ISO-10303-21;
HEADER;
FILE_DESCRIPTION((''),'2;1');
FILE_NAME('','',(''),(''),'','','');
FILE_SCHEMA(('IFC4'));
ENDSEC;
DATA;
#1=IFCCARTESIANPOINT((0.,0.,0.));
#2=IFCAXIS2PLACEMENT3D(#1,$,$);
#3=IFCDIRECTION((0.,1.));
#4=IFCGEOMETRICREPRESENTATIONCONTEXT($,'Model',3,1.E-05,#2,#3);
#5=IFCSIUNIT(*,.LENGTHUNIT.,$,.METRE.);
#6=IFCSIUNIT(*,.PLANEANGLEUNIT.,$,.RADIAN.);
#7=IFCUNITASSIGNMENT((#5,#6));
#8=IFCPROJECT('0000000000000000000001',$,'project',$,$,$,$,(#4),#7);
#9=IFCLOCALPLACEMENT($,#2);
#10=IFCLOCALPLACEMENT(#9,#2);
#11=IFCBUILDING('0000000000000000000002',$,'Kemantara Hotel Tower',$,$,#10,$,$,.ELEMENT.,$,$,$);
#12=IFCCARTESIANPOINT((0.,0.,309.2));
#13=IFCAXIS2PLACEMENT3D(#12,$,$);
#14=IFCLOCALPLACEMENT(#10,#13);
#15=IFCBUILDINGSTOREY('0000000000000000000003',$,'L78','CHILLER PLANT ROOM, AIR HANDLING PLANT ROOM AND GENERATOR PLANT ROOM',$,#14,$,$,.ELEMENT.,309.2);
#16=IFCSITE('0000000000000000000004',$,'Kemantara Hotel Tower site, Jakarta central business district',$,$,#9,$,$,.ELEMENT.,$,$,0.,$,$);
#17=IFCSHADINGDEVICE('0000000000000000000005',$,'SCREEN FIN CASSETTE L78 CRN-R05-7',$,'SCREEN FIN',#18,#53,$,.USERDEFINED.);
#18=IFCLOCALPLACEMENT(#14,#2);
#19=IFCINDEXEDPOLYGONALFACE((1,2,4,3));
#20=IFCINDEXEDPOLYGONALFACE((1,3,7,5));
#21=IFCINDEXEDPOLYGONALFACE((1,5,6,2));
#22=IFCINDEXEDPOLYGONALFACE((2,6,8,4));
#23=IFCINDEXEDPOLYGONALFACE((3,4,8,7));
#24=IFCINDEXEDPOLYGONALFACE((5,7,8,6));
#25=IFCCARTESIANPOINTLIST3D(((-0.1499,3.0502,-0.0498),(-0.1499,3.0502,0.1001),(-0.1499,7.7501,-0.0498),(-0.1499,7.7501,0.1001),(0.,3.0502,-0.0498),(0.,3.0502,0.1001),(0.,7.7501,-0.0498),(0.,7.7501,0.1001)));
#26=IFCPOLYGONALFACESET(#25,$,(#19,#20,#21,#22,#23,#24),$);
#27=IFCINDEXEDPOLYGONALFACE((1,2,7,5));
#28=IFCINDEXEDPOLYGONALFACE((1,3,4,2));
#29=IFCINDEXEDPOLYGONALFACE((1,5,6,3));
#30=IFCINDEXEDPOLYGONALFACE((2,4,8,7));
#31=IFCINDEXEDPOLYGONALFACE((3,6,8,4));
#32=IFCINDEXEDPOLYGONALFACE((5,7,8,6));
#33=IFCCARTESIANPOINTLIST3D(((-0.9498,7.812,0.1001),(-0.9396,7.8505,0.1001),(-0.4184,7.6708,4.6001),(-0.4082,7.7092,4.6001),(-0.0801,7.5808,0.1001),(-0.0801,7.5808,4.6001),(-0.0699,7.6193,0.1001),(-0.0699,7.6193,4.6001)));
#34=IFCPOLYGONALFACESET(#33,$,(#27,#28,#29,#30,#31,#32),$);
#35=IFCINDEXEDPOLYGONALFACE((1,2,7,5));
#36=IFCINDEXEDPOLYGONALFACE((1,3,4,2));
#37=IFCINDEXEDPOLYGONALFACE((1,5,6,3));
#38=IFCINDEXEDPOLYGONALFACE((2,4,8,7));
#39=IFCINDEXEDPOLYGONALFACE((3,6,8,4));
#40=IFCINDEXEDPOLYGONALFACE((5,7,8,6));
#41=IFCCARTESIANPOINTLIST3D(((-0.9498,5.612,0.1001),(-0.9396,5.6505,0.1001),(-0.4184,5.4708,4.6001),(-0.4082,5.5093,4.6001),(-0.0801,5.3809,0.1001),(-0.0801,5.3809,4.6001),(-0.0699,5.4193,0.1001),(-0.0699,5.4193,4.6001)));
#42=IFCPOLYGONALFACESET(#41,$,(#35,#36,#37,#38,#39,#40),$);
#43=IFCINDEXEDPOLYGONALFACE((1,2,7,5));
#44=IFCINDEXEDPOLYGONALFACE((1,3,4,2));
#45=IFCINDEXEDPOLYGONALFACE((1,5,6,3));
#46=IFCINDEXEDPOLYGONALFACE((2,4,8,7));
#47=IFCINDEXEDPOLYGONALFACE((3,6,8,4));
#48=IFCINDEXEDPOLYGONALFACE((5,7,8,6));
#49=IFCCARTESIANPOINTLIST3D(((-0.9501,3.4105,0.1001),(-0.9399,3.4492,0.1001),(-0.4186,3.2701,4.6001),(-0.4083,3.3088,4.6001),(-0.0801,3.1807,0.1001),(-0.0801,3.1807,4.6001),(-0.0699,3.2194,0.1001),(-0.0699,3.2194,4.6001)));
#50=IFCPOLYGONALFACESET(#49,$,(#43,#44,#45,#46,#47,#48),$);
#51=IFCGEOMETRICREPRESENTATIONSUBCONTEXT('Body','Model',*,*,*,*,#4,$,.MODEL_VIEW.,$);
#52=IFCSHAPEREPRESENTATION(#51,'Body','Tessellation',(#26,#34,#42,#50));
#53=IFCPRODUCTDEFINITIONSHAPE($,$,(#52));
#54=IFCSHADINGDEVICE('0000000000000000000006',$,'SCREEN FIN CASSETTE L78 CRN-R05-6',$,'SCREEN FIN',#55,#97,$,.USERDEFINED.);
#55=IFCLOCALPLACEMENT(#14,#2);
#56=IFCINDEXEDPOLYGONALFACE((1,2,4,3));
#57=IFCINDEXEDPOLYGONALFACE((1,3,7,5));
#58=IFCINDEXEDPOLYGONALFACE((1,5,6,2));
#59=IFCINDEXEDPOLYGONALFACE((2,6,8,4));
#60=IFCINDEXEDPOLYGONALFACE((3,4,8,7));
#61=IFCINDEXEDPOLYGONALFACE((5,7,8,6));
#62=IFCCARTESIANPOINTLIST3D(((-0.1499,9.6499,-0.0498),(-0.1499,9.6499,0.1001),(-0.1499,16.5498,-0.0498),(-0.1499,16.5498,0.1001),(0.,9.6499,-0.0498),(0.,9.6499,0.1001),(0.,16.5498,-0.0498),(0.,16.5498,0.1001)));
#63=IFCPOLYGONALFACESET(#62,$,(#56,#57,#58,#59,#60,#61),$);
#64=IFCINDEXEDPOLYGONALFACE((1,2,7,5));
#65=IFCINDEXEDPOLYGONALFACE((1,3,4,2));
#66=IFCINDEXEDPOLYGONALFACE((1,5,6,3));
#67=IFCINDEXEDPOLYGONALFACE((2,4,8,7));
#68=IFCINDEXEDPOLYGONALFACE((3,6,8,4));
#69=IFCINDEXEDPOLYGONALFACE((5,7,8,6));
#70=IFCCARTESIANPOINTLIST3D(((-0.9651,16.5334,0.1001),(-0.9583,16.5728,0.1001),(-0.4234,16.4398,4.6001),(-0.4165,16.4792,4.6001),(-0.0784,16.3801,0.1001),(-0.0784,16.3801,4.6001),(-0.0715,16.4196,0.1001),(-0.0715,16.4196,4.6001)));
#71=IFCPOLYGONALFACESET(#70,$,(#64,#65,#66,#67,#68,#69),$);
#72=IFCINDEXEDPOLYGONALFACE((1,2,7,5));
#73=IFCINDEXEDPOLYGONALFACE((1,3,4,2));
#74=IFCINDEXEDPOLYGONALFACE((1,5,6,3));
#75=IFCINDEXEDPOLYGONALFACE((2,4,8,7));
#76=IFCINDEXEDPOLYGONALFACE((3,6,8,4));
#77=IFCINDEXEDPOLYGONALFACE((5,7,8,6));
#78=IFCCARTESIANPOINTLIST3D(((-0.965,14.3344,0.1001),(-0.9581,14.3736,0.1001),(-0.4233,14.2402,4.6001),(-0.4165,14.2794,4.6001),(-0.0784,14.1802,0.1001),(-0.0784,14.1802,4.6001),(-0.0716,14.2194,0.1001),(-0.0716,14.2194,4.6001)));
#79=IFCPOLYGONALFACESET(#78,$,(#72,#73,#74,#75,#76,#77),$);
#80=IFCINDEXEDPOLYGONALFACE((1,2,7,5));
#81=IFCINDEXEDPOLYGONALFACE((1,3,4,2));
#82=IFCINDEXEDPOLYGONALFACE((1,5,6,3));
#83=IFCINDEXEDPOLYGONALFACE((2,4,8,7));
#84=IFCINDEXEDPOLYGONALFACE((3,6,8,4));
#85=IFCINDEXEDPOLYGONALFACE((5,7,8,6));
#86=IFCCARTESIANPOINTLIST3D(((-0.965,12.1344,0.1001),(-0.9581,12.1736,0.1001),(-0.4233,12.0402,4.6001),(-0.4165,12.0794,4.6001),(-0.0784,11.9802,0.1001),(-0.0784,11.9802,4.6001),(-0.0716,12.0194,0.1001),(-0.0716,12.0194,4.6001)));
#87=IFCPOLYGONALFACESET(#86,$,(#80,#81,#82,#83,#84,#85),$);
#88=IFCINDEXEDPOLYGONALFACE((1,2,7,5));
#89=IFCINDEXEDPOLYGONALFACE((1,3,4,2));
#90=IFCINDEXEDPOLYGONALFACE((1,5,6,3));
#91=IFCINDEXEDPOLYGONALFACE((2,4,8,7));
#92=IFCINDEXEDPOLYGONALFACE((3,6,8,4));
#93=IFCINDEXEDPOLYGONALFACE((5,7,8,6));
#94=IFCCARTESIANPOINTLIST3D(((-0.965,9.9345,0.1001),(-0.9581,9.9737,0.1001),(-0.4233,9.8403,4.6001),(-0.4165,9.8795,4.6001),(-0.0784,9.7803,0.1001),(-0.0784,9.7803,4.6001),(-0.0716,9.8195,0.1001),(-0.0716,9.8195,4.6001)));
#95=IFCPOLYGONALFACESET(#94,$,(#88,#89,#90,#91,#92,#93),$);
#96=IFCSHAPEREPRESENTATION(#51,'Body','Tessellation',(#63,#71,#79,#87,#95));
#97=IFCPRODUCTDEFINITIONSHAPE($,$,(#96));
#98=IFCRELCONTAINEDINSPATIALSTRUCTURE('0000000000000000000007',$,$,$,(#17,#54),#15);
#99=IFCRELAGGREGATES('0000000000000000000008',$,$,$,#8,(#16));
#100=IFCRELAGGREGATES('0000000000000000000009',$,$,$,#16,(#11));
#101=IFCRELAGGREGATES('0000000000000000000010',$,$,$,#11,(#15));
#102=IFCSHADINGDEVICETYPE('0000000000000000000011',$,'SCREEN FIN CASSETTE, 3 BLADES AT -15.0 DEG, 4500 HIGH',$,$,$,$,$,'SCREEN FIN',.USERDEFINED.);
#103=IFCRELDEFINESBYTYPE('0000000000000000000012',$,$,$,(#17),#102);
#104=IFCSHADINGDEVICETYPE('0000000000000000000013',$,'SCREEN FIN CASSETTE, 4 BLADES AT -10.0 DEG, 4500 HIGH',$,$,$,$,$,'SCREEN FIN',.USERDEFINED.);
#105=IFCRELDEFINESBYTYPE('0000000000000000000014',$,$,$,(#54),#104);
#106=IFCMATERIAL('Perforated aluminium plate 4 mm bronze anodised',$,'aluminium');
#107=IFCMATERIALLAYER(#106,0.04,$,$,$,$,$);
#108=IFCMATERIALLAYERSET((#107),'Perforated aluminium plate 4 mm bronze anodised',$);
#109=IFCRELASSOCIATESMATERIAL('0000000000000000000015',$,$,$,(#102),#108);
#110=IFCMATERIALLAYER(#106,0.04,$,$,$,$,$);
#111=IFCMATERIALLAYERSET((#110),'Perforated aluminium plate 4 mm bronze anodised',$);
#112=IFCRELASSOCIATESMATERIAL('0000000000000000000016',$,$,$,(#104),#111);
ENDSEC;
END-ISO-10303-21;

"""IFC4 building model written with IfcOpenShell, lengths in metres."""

from ifc_helpers import new_model, si_unit, direction, frame, origin, origin_2d, place, context, subcontext, project, spatial, polyline, rectangle, outline, extrude, source, transform, mapped, material, layer, layer_set, type_object, element, save


model = new_model("IFC4")

# Units and contexts
model_context = context("Model", 3, precision=1e-05, world=origin(), true_north=direction((0.0, 1.0)))
body_context = subcontext(model_context, "Body", "Model", "MODEL_VIEW")
ifc_project = project(units=[si_unit("LENGTHUNIT", "METRE"), si_unit("PLANEANGLEUNIT", "RADIAN")], contexts=[model_context])

# Site, building, storey
site_placement = place(None, origin())
site = spatial("IfcSite", under=ifc_project, at=site_placement, Name="Kemantara Hotel Tower site, Jakarta central business district", CompositionType="ELEMENT", RefElevation=0.0)
building_placement = place(site_placement, origin())
building = spatial("IfcBuilding", under=site, at=building_placement, Name="Kemantara Hotel Tower", CompositionType="ELEMENT")
storey_placement = place(building_placement, frame((0.0, 0.0, 309.2)))
storey = spatial("IfcBuildingStorey", under=building, at=storey_placement, Name="L78", Description="CHILLER PLANT ROOM, AIR HANDLING PLANT ROOM AND GENERATOR PLANT ROOM", CompositionType="ELEMENT", Elevation=309.2)

# Shading devices
ifc_material_1 = material(Name="Perforated aluminium plate 4 mm bronze anodised", Category="aluminium")
ifc_layer_1 = layer(ifc_material_1, 0.04)
ifc_layer_set_1 = layer_set([ifc_layer_1], Name="Perforated aluminium plate 4 mm bronze anodised")
shading_device_type_1 = type_object("IfcShadingDeviceType", Name="SCREEN FIN CASSETTE, 3 BLADES AT -15.0 DEG, 4500 HIGH", ElementType="SCREEN FIN", PredefinedType="USERDEFINED", material=ifc_layer_set_1)
shared_shape_1 = source(origin(), body_context, "Body", "SweptSolid", [
    extrude(rectangle(XDim=4.7, YDim=0.1499, at=origin_2d()), frame((2.2, -0.075, -0.1499), z_axis=(0.0, 0.0, 1.0), x_axis=(1.0, 0.0, 0.0)), (0.0, 0.0, 1.0), 0.1499),
    extrude(outline(polyline([(0.0, 0.0), (0.8999, 0.0), (0.3501, 4.5), (0.0, 4.5), (0.0, 0.0)])), frame((0.0193, -0.0801, 0.0), z_axis=(-0.966438, 0.256901, 0.0), x_axis=(-0.256901, -0.966438, 0.0)), (0.0, 0.0, 1.0), 0.0398),
    extrude(outline(polyline([(0.0, 0.0), (0.8999, 0.0), (0.3501, 4.5), (0.0, 4.5), (0.0, 0.0)])), frame((2.2192, -0.0801, 0.0), z_axis=(-0.966438, 0.256901, 0.0), x_axis=(-0.256901, -0.966438, 0.0)), (0.0, 0.0, 1.0), 0.0398),
    extrude(outline(polyline([(0.0, 0.0), (0.8999, 0.0), (0.3501, 4.5), (0.0, 4.5), (0.0, 0.0)])), frame((4.4194, -0.0801, 0.0), z_axis=(-0.966838, 0.255391, 0.0), x_axis=(-0.255391, -0.966838, 0.0)), (0.0, 0.0, 1.0), 0.04),
])
shading_device_1_placement = place(storey_placement, frame((0.0, 7.6001, 0.1001), z_axis=(0.0, 0.0, 1.0), x_axis=(0.0, -1.0, 0.0)))
element("IfcShadingDevice", 1, at=shading_device_1_placement, inside=storey, type_object=shading_device_type_1, Name="SCREEN FIN CASSETTE L78 CRN-R05-7", ObjectType="SCREEN FIN", PredefinedType="USERDEFINED", context=body_context, shape_type="MappedRepresentation", body=[
    mapped(shared_shape_1, transform((0.0, 0.0, 0.0))),
])
ifc_layer_2 = layer(ifc_material_1, 0.04)
ifc_layer_set_2 = layer_set([ifc_layer_2], Name="Perforated aluminium plate 4 mm bronze anodised")
shading_device_type_2 = type_object("IfcShadingDeviceType", Name="SCREEN FIN CASSETTE, 4 BLADES AT -10.0 DEG, 4500 HIGH", ElementType="SCREEN FIN", PredefinedType="USERDEFINED", material=ifc_layer_set_2)
shared_shape_2 = source(origin(), body_context, "Body", "SweptSolid", [
    extrude(rectangle(XDim=6.8999, YDim=0.1499, at=origin_2d()), frame((3.3, -0.075, -0.1499), z_axis=(0.0, 0.0, 1.0), x_axis=(1.0, 0.0, 0.0)), (0.0, 0.0, 1.0), 0.1499),
    extrude(outline(polyline([(0.0, 0.0), (0.8999, 0.0), (0.3501, 4.5), (0.0, 4.5), (0.0, 0.0)])), frame((0.0198, -0.0784, 0.0), z_axis=(-0.98539, 0.170314, 0.0), x_axis=(-0.170314, -0.98539, 0.0)), (0.0, 0.0, 1.0), 0.04),
    extrude(outline(polyline([(0.0, 0.0), (0.8999, 0.0), (0.3501, 4.5), (0.0, 4.5), (0.0, 0.0)])), frame((2.2197, -0.0784, 0.0), z_axis=(-0.985212, 0.171341, 0.0), x_axis=(-0.171341, -0.985212, 0.0)), (0.0, 0.0, 1.0), 0.0398),
    extrude(outline(polyline([(0.0, 0.0), (0.8999, 0.0), (0.3501, 4.5), (0.0, 4.5), (0.0, 0.0)])), frame((4.4197, -0.0784, 0.0), z_axis=(-0.985212, 0.171341, 0.0), x_axis=(-0.171341, -0.985212, 0.0)), (0.0, 0.0, 1.0), 0.0398),
    extrude(outline(polyline([(0.0, 0.0), (0.8999, 0.0), (0.3501, 4.5), (0.0, 4.5), (0.0, 0.0)])), frame((6.6196, -0.0784, 0.0), z_axis=(-0.985212, 0.171341, 0.0), x_axis=(-0.171341, -0.985212, 0.0)), (0.0, 0.0, 1.0), 0.0398),
])
shading_device_2_placement = place(storey_placement, frame((0.0, 16.3999, 0.1001), z_axis=(0.0, 0.0, 1.0), x_axis=(0.0, -1.0, 0.0)))
element("IfcShadingDevice", 2, at=shading_device_2_placement, inside=storey, type_object=shading_device_type_2, Name="SCREEN FIN CASSETTE L78 CRN-R05-6", ObjectType="SCREEN FIN", PredefinedType="USERDEFINED", context=body_context, shape_type="MappedRepresentation", body=[
    mapped(shared_shape_2, transform((0.0, 0.0, 0.0))),
])

save(model, "model.ifc")
